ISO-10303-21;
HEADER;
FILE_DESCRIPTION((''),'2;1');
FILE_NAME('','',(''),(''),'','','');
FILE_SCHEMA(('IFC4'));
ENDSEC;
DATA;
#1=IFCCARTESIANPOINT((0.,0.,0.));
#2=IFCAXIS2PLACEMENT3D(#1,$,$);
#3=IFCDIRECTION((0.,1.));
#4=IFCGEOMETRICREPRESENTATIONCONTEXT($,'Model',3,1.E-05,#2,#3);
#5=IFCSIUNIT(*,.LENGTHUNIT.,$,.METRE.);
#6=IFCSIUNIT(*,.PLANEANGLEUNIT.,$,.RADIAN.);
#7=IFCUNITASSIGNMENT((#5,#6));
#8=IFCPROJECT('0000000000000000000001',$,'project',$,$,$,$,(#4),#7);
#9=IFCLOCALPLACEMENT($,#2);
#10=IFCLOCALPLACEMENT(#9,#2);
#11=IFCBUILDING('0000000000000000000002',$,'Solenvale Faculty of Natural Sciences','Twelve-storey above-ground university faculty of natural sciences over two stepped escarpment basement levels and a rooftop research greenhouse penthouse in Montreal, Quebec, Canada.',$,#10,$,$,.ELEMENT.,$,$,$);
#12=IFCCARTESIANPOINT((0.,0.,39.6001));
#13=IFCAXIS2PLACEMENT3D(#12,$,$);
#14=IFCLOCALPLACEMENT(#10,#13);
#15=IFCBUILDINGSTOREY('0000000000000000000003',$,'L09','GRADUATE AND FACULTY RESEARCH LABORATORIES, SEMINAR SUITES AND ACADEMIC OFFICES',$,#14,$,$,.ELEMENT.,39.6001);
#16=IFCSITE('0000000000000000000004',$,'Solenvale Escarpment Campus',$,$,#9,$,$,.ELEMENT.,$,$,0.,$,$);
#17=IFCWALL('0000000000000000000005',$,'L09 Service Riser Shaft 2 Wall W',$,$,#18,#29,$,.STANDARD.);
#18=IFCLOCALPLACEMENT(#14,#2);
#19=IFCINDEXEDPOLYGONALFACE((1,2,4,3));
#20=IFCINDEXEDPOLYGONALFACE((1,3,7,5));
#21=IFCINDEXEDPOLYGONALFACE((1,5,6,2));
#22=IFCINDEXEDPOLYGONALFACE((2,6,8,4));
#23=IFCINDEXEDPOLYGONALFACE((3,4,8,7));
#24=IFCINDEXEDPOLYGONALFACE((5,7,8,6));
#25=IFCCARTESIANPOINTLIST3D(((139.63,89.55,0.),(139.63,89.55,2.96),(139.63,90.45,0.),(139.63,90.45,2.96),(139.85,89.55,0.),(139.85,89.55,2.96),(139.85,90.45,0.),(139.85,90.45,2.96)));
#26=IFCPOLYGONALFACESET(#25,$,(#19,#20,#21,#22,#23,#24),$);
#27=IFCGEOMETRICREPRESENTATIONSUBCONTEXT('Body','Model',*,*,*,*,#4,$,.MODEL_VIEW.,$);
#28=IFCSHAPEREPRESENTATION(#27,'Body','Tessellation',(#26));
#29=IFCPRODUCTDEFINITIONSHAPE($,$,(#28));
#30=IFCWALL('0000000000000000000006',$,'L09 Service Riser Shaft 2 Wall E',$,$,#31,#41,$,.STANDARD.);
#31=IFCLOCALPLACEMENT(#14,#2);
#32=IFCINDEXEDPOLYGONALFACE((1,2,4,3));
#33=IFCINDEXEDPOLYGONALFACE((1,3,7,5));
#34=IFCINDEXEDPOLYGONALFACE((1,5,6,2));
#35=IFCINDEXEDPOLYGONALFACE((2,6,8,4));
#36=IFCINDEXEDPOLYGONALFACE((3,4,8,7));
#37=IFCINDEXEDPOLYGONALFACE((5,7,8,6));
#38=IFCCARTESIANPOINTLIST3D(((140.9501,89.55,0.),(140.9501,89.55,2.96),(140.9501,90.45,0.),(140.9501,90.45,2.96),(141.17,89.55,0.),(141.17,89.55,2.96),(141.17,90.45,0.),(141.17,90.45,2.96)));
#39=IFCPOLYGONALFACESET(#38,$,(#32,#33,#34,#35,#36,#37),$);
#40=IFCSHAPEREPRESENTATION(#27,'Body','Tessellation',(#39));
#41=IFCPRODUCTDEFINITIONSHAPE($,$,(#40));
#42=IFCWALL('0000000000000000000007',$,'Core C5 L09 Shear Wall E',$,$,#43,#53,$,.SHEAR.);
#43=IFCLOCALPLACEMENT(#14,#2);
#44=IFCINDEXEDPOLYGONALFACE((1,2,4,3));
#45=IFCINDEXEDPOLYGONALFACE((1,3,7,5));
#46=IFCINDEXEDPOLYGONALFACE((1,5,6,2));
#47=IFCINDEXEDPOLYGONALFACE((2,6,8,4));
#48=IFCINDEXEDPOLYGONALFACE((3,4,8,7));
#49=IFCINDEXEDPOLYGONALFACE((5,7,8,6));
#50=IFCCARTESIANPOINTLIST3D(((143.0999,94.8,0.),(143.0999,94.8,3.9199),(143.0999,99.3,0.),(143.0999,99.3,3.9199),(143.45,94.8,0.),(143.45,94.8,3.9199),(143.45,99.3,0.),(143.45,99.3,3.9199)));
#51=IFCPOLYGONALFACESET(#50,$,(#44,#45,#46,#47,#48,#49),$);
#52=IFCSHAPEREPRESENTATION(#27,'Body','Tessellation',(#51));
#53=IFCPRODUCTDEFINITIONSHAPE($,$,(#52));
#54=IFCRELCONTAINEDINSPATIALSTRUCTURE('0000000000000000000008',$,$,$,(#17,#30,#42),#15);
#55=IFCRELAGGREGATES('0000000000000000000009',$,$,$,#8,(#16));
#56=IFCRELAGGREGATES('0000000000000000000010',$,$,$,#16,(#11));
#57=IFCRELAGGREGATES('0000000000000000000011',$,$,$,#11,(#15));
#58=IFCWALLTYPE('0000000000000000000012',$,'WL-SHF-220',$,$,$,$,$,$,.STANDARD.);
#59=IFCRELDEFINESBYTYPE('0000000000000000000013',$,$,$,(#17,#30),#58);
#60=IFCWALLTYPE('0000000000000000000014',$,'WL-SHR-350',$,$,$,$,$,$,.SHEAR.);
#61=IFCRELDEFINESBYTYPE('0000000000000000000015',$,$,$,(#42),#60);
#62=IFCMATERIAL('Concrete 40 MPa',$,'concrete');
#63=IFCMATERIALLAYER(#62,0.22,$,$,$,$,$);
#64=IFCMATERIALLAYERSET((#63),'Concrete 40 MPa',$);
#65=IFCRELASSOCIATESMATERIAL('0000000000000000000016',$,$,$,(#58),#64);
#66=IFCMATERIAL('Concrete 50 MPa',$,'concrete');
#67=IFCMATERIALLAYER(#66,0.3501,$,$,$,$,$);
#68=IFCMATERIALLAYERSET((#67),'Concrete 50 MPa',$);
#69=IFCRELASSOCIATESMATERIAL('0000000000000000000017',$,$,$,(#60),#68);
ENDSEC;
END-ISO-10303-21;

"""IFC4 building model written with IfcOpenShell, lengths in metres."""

from ifc_helpers import new_model, si_unit, direction, frame, frame_2d, origin, place, context, subcontext, project, spatial, rectangle, extrude, material, layer, layer_set, type_object, element, save


model = new_model("IFC4")

# Units and contexts
model_context = context("Model", 3, precision=1e-05, world=origin(), true_north=direction((0.0, 1.0)))
body_context = subcontext(model_context, "Body", "Model", "MODEL_VIEW")
ifc_project = project(units=[si_unit("LENGTHUNIT", "METRE"), si_unit("PLANEANGLEUNIT", "RADIAN")], contexts=[model_context])

# Site, building, storey
site_placement = place(None, origin())
site = spatial("IfcSite", under=ifc_project, at=site_placement, Name="Solenvale Escarpment Campus", CompositionType="ELEMENT", RefElevation=0.0)
building_placement = place(site_placement, origin())
building = spatial("IfcBuilding", under=site, at=building_placement, Name="Solenvale Faculty of Natural Sciences", Description="Twelve-storey above-ground university faculty of natural sciences over two stepped escarpment basement levels and a rooftop research greenhouse penthouse in Montreal, Quebec, Canada.", CompositionType="ELEMENT")
storey_placement = place(building_placement, frame((0.0, 0.0, 39.6001)))
storey = spatial("IfcBuildingStorey", under=building, at=storey_placement, Name="L09", Description="GRADUATE AND FACULTY RESEARCH LABORATORIES, SEMINAR SUITES AND ACADEMIC OFFICES", CompositionType="ELEMENT", Elevation=39.6001)

# Shared definitions
ifc_material_1 = material(Name="Concrete 40 MPa", Category="concrete")

# Walls
ifc_layer_1 = layer(ifc_material_1, 0.22)
ifc_layer_set_1 = layer_set([ifc_layer_1], Name="Concrete 40 MPa")
wall_type_1 = type_object("IfcWallType", Name="WL-SHF-220", PredefinedType="STANDARD", material=ifc_layer_set_1)
for number, where, z_axis, x_axis, name in (
    (1, (139.74, 89.55, 0.0), (0.0, 0.0, 1.0), (0.0, 1.0, 0.0), "L09 Service Riser Shaft 2 Wall W"),
    (2, (141.0601, 89.55, 0.0), (0.0, 0.0, 1.0), (0.0, 1.0, 0.0), "L09 Service Riser Shaft 2 Wall E"),
):
    element("IfcWall", number, at=place(storey_placement, frame(where, z_axis=z_axis, x_axis=x_axis)), inside=storey, type_object=wall_type_1, Name=name, PredefinedType="STANDARD", context=body_context, shape_type="SweptSolid", body=[
        extrude(rectangle(XDim=0.8999, YDim=0.22, at=frame_2d((0.45, 0.0))), origin(), (0.0, 0.0, 1.0), 2.96),
    ])
ifc_material_2 = material(Name="Concrete 50 MPa", Category="concrete")
ifc_layer_2 = layer(ifc_material_2, 0.3501)
ifc_layer_set_2 = layer_set([ifc_layer_2], Name="Concrete 50 MPa")
wall_type_2 = type_object("IfcWallType", Name="WL-SHR-350", PredefinedType="SHEAR", material=ifc_layer_set_2)
wall_1_placement = place(storey_placement, frame((143.2749, 94.8, 0.0), z_axis=(0.0, 0.0, 1.0), x_axis=(0.0, 1.0, 0.0)))
element("IfcWall", 3, at=wall_1_placement, inside=storey, type_object=wall_type_2, Name="Core C5 L09 Shear Wall E", PredefinedType="SHEAR", context=body_context, shape_type="SweptSolid", body=[
    extrude(rectangle(XDim=4.5, YDim=0.3501, at=frame_2d((2.25, 0.0))), origin(), (0.0, 0.0, 1.0), 3.9199),
])

save(model, "model.ifc")
